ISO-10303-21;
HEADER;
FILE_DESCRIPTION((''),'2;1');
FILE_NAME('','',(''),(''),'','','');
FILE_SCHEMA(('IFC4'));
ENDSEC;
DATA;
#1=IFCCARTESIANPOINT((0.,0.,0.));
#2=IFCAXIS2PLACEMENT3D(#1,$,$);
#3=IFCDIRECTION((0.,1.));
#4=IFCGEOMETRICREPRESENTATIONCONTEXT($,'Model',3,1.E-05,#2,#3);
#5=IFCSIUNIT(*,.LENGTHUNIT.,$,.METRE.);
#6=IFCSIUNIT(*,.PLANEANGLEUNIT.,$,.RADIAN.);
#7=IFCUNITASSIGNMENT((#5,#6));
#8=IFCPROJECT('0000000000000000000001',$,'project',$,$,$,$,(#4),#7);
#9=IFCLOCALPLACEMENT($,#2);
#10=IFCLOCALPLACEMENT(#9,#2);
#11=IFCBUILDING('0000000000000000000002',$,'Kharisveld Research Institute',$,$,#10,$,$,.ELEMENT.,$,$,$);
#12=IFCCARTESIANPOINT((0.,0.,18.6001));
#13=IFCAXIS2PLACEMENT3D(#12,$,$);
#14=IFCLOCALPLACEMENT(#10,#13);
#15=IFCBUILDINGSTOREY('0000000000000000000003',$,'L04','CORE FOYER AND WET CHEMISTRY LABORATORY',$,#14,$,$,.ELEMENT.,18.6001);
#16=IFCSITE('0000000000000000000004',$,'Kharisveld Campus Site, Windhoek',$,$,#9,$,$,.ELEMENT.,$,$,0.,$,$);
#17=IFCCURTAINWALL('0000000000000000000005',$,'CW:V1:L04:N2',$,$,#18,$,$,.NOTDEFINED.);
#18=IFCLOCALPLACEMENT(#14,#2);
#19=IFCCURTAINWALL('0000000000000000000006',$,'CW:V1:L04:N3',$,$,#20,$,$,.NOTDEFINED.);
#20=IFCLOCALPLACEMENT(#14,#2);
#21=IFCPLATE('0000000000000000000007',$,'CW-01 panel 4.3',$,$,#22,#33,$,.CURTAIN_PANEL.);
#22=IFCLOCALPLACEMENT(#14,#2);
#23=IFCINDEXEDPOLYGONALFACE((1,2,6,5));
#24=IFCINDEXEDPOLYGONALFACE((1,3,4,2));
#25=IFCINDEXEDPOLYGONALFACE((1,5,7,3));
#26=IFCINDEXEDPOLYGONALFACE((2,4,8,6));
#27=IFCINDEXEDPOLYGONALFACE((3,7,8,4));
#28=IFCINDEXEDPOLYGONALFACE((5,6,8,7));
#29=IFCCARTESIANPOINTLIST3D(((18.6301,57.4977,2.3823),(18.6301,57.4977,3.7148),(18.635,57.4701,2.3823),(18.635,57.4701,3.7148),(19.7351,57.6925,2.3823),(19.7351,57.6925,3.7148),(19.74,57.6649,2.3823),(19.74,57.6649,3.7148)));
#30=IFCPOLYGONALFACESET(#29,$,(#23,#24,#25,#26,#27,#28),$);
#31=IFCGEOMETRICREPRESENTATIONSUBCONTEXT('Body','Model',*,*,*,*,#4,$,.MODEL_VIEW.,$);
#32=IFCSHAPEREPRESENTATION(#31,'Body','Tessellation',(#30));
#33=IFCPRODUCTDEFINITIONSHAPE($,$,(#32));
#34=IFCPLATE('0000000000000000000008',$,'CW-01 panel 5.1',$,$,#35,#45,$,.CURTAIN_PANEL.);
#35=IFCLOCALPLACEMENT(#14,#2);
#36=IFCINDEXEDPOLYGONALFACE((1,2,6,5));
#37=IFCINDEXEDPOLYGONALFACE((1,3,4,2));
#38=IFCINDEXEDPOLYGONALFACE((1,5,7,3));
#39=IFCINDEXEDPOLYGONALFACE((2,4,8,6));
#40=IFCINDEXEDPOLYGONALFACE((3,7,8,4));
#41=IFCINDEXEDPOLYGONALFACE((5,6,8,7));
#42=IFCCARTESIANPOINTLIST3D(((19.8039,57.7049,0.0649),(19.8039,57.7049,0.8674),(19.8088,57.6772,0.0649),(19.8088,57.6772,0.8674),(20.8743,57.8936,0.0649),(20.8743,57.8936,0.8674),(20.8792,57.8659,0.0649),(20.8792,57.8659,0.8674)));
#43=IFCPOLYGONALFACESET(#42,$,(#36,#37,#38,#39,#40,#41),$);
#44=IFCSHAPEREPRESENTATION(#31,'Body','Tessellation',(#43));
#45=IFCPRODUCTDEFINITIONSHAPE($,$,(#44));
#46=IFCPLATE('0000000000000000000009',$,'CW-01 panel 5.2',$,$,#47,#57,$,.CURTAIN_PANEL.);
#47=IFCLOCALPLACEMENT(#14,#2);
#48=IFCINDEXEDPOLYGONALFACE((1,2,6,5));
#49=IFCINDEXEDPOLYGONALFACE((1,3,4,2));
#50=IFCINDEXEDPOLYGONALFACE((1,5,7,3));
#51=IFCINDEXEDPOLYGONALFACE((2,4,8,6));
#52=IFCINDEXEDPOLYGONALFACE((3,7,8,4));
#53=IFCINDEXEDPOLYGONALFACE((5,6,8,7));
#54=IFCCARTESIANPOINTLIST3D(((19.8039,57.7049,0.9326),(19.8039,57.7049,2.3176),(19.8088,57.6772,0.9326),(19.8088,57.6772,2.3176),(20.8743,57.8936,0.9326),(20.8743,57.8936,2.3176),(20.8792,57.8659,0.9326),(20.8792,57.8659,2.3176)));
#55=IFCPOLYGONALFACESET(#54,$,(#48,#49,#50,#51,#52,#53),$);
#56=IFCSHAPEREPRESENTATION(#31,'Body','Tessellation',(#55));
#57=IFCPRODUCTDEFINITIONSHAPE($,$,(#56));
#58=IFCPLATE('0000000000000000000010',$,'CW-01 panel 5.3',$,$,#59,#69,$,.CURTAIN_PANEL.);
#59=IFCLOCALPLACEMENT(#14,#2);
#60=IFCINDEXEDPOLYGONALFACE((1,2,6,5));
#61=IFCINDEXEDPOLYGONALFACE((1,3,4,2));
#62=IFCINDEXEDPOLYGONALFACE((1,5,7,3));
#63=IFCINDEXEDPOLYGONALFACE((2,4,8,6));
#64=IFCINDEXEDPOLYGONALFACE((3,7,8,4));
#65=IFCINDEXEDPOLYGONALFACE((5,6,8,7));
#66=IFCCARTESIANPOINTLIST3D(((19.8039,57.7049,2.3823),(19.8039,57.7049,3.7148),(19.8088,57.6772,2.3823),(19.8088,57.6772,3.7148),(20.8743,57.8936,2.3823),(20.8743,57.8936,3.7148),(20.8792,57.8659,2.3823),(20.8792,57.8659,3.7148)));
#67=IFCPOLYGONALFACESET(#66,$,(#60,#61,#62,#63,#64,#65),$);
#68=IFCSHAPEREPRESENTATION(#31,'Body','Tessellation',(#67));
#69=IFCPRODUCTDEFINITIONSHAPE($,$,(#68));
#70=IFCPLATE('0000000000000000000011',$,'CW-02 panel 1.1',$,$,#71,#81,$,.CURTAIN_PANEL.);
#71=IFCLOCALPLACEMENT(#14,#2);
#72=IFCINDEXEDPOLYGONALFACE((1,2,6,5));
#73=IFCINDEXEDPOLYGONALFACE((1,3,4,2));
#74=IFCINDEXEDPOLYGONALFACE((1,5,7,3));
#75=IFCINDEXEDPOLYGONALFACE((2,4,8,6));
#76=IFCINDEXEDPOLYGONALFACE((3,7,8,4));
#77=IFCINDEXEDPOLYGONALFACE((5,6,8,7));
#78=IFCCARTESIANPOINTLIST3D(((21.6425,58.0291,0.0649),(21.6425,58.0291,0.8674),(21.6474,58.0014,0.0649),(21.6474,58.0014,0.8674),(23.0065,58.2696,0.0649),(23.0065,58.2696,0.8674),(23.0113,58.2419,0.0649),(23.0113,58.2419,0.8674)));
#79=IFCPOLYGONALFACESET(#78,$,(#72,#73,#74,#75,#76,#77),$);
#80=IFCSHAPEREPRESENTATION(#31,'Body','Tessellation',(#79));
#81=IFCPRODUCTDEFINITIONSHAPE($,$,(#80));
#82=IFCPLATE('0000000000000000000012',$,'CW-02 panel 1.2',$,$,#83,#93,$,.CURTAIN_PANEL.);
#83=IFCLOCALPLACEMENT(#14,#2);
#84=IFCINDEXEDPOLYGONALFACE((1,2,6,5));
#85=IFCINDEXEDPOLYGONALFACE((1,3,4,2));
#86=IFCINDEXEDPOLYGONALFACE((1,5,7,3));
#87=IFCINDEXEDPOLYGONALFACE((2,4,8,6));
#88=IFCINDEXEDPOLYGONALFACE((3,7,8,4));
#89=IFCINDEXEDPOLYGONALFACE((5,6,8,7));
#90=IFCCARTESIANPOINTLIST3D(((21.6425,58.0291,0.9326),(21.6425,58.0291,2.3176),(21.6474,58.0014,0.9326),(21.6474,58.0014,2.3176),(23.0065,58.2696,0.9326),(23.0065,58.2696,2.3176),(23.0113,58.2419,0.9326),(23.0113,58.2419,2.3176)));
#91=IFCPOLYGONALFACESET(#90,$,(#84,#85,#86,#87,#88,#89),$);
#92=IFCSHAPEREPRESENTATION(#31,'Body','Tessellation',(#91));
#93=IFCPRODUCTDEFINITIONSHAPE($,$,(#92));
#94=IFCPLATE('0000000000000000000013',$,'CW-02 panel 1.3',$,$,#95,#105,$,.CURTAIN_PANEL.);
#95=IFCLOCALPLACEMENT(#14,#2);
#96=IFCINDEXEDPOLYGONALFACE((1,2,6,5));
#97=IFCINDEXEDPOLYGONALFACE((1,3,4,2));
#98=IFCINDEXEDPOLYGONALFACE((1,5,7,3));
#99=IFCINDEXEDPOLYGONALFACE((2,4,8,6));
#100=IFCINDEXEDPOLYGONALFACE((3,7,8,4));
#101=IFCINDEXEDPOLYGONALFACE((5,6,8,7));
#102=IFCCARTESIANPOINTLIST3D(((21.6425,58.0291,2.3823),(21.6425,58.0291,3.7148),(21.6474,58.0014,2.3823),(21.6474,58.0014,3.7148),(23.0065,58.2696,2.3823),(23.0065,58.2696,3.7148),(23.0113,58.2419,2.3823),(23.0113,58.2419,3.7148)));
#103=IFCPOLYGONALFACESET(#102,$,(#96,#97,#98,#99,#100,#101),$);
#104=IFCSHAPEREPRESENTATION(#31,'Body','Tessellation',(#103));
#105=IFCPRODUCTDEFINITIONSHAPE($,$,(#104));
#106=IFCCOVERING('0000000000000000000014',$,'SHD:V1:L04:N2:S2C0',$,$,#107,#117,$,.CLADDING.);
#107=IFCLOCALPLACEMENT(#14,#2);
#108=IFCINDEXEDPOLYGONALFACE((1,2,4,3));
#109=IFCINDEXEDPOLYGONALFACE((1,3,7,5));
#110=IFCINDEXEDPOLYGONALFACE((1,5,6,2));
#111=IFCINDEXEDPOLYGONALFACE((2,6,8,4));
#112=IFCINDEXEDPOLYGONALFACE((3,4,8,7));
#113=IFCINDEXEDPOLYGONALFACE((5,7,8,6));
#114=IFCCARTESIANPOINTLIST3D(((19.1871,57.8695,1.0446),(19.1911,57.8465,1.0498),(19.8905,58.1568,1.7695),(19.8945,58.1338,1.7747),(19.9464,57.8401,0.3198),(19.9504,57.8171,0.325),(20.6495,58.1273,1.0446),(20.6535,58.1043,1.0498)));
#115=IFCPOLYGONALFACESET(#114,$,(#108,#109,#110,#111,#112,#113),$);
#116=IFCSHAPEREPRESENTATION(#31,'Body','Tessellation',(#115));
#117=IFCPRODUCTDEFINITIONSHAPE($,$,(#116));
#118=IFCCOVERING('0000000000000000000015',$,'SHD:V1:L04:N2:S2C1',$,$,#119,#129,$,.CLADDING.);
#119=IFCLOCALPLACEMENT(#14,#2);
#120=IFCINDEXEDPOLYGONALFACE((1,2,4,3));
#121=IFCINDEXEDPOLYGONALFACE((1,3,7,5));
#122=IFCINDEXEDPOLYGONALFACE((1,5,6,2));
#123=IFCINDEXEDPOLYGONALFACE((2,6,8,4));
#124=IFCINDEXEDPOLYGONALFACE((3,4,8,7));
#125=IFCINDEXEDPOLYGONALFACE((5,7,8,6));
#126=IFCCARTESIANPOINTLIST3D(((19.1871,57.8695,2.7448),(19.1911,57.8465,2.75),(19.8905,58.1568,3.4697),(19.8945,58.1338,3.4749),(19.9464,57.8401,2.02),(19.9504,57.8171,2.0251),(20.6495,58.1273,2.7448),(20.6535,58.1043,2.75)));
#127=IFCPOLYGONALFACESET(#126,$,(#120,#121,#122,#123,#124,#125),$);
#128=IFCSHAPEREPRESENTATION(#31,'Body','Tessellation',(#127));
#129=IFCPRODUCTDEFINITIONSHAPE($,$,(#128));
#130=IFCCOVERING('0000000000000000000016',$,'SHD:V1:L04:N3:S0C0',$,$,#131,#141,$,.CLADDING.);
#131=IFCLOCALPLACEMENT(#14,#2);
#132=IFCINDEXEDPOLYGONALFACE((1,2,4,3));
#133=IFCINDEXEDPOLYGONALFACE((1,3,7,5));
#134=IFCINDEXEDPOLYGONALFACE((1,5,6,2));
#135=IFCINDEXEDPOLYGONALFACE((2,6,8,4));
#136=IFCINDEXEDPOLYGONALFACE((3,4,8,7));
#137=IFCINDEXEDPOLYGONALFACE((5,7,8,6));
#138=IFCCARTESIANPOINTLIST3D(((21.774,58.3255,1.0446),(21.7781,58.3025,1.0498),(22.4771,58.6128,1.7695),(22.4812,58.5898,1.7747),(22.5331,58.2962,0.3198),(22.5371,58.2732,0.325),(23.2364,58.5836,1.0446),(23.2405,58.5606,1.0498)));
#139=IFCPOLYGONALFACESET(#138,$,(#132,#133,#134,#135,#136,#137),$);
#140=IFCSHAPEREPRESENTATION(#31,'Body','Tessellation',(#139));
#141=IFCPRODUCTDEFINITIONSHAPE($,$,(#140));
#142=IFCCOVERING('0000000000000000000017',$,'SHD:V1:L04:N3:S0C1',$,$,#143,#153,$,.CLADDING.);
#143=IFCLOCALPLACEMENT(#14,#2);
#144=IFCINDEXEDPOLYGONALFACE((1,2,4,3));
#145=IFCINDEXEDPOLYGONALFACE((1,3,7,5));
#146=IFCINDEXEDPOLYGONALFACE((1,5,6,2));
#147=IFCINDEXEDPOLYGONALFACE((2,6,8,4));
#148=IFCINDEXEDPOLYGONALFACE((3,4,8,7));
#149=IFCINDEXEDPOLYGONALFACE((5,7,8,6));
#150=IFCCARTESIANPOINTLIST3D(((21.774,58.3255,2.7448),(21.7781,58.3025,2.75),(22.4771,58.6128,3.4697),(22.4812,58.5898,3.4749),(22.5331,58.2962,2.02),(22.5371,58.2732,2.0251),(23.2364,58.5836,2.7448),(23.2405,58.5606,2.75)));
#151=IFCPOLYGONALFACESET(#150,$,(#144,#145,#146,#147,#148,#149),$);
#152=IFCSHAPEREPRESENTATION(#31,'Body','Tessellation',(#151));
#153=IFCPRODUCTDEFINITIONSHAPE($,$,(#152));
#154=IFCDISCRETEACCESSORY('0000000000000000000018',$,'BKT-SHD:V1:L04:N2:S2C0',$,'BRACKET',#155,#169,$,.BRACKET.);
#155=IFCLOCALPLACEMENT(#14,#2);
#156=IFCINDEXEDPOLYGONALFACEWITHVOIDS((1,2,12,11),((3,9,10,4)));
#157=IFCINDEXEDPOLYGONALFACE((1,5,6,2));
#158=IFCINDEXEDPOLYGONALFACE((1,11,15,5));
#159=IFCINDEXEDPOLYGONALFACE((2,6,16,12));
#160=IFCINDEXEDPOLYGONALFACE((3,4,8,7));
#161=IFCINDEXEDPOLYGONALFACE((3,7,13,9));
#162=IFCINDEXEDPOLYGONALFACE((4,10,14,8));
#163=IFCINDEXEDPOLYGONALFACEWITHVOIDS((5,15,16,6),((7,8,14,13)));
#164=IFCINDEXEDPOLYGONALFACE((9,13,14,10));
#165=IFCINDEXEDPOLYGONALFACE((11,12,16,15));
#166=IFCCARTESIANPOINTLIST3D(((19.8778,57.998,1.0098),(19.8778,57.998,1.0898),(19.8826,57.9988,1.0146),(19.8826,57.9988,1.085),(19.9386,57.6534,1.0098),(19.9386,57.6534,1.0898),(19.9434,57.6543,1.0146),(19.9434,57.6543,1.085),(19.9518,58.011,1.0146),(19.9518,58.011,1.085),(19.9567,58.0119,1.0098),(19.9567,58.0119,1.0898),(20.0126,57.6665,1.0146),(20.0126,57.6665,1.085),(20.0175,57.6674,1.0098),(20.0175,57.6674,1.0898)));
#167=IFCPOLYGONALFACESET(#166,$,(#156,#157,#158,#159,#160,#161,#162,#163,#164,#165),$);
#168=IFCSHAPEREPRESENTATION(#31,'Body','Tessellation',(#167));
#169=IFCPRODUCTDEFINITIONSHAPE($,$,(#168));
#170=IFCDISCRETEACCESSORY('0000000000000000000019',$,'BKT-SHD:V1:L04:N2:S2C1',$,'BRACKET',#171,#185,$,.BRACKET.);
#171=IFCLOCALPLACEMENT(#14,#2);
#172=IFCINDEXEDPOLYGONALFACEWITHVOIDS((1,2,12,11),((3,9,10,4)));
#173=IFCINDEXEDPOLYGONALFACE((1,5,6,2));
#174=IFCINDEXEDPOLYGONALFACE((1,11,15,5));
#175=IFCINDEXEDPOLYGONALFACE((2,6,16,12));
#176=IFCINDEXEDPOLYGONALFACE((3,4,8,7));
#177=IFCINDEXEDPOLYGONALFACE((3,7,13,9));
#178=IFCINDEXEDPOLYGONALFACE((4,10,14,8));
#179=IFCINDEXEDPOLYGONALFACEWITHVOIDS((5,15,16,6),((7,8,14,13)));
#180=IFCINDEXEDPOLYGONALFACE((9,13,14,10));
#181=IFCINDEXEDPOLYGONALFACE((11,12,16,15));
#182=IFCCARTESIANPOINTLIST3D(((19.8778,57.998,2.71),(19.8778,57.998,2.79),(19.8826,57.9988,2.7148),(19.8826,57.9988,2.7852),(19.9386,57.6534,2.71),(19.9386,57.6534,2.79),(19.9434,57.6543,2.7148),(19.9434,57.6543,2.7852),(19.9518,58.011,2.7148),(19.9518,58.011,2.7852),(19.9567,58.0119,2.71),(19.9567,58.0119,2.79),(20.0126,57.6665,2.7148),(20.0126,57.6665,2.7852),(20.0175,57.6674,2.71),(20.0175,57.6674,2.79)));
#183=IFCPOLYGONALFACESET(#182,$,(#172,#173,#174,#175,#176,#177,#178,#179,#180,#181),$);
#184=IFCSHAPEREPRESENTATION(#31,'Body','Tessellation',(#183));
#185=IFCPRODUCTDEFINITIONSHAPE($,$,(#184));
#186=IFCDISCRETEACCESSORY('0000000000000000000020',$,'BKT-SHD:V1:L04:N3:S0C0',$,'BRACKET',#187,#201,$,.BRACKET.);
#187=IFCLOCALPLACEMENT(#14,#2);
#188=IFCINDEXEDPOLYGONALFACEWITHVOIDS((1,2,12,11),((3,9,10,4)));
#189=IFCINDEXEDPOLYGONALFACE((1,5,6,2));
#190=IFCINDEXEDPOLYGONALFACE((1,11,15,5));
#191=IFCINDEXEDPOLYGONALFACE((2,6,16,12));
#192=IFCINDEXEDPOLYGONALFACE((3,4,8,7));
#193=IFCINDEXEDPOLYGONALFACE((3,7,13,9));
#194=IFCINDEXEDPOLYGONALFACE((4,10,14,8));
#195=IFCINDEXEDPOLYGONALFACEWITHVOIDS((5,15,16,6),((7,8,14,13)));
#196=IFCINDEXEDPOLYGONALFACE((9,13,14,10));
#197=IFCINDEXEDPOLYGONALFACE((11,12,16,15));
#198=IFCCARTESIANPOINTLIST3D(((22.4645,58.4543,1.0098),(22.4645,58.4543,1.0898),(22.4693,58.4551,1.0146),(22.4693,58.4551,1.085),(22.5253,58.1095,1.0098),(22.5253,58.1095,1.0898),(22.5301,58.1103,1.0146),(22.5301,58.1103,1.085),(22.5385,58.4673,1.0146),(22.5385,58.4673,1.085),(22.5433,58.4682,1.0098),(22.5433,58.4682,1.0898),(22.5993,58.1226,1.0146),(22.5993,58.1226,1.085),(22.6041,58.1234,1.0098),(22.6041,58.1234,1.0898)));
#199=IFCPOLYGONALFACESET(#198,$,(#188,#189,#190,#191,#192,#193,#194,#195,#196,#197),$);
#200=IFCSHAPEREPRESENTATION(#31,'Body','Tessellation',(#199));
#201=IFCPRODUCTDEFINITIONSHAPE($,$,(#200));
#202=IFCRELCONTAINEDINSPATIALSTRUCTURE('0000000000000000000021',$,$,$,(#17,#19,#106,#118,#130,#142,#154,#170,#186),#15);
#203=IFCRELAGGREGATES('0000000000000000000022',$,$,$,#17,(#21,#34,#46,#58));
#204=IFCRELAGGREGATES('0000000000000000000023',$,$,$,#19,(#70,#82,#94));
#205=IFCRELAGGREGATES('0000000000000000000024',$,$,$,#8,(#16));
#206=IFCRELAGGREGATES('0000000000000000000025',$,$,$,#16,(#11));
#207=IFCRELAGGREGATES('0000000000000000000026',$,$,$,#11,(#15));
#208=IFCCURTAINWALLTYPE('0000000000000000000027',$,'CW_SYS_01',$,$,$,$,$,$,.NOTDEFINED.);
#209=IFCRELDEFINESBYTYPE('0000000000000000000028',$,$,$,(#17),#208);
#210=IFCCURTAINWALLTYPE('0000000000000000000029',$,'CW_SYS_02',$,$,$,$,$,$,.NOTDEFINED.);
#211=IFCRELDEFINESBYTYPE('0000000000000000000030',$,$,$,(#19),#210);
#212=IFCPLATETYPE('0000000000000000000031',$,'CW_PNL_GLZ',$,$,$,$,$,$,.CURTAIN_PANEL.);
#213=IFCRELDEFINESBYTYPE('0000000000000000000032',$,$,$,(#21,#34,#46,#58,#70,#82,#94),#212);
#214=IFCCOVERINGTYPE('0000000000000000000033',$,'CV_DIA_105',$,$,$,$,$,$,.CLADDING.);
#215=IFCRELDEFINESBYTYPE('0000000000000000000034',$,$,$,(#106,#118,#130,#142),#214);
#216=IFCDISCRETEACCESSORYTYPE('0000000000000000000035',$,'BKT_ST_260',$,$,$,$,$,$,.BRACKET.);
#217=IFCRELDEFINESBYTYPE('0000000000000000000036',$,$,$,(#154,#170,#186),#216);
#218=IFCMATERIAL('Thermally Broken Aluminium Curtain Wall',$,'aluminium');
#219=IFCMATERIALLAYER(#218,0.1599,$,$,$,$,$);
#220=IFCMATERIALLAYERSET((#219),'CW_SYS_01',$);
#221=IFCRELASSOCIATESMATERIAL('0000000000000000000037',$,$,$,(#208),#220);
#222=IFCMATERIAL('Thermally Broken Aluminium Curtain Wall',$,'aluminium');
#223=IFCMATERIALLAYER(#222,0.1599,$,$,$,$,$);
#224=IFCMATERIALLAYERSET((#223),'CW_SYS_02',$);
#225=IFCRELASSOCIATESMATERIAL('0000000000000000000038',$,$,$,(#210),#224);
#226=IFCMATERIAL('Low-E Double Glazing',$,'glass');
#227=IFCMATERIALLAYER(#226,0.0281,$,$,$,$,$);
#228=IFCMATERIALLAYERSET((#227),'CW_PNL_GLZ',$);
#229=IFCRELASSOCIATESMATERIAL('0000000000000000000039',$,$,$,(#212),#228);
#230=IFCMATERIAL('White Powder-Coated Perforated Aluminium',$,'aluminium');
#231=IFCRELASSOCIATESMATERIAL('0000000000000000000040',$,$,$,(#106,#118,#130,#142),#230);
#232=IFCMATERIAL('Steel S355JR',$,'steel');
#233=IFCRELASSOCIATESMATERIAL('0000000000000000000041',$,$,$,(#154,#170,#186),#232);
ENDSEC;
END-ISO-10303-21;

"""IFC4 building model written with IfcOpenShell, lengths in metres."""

from ifc_helpers import new_model, si_unit, direction, frame, origin, origin_2d, place, context, subcontext, project, spatial, polyline, rectangle, hollow_rectangle, outline, extrude, material, layer, layer_set, type_object, element, aggregate, save


model = new_model("IFC4")

# Units and contexts
model_context = context("Model", 3, precision=1e-05, world=origin(), true_north=direction((0.0, 1.0)))
body_context = subcontext(model_context, "Body", "Model", "MODEL_VIEW")
ifc_project = project(units=[si_unit("LENGTHUNIT", "METRE"), si_unit("PLANEANGLEUNIT", "RADIAN")], contexts=[model_context])

# Site, building, storey
site_placement = place(None, origin())
site = spatial("IfcSite", under=ifc_project, at=site_placement, Name="Kharisveld Campus Site, Windhoek", CompositionType="ELEMENT", RefElevation=0.0)
building_placement = place(site_placement, origin())
building = spatial("IfcBuilding", under=site, at=building_placement, Name="Kharisveld Research Institute", CompositionType="ELEMENT")
storey_placement = place(building_placement, frame((0.0, 0.0, 18.6001)))
storey = spatial("IfcBuildingStorey", under=building, at=storey_placement, Name="L04", Description="CORE FOYER AND WET CHEMISTRY LABORATORY", CompositionType="ELEMENT", Elevation=18.6001)

# Curtain walls
ifc_material_1 = material(Name="Thermally Broken Aluminium Curtain Wall", Category="aluminium")
ifc_layer_1 = layer(ifc_material_1, 0.1599)
ifc_layer_set_1 = layer_set([ifc_layer_1], Name="CW_SYS_01")
curtain_wall_type_1 = type_object("IfcCurtainWallType", Name="CW_SYS_01", PredefinedType="NOTDEFINED", material=ifc_layer_set_1)
curtain_wall_1_placement = place(storey_placement, origin())
curtain_wall_1 = element("IfcCurtainWall", 1, at=curtain_wall_1_placement, inside=storey, type_object=curtain_wall_type_1, Name="CW:V1:L04:N2", PredefinedType="NOTDEFINED")
ifc_material_2 = material(Name="Thermally Broken Aluminium Curtain Wall", Category="aluminium")
ifc_layer_2 = layer(ifc_material_2, 0.1599)
ifc_layer_set_2 = layer_set([ifc_layer_2], Name="CW_SYS_02")
curtain_wall_type_2 = type_object("IfcCurtainWallType", Name="CW_SYS_02", PredefinedType="NOTDEFINED", material=ifc_layer_set_2)
curtain_wall_2_placement = place(storey_placement, origin())
curtain_wall_2 = element("IfcCurtainWall", 2, at=curtain_wall_2_placement, inside=storey, type_object=curtain_wall_type_2, Name="CW:V1:L04:N3", PredefinedType="NOTDEFINED")

# Plates
ifc_material_3 = material(Name="Low-E Double Glazing", Category="glass")
ifc_layer_3 = layer(ifc_material_3, 0.0281)
ifc_layer_set_3 = layer_set([ifc_layer_3], Name="CW_PNL_GLZ")
plate_type = type_object("IfcPlateType", Name="CW_PNL_GLZ", PredefinedType="CURTAIN_PANEL", material=ifc_layer_set_3)
plate_1_placement = place(storey_placement, frame((19.1851, 57.5813, 2.3823), z_axis=(0.0, 0.0, 1.0), x_axis=(0.984808, 0.173648, 0.0)))
plate_1 = element("IfcPlate", 3, at=plate_1_placement, type_object=plate_type, Name="CW-01 panel 4.3", PredefinedType="CURTAIN_PANEL", context=body_context, shape_type="SweptSolid", body=[
    extrude(rectangle(XDim=1.1221, YDim=0.0281, at=origin_2d()), origin(), (0.0, 0.0, 1.0), 1.3325),
])
plate_2_placement = place(storey_placement, frame((20.3416, 57.7854, 0.0649), z_axis=(0.0, 0.0, 1.0), x_axis=(0.984808, 0.173648, 0.0)))
plate_2 = element("IfcPlate", 4, at=plate_2_placement, type_object=plate_type, Name="CW-01 panel 5.1", PredefinedType="CURTAIN_PANEL", context=body_context, shape_type="SweptSolid", body=[
    extrude(rectangle(XDim=1.0869, YDim=0.0281, at=origin_2d()), origin(), (0.0, 0.0, 1.0), 0.8025),
])
plate_3_placement = place(storey_placement, frame((20.3416, 57.7854, 0.9326), z_axis=(0.0, 0.0, 1.0), x_axis=(0.984808, 0.173648, 0.0)))
plate_3 = element("IfcPlate", 5, at=plate_3_placement, type_object=plate_type, Name="CW-01 panel 5.2", PredefinedType="CURTAIN_PANEL", context=body_context, shape_type="SweptSolid", body=[
    extrude(rectangle(XDim=1.0869, YDim=0.0281, at=origin_2d()), origin(), (0.0, 0.0, 1.0), 1.385),
])
plate_4_placement = place(storey_placement, frame((20.3416, 57.7854, 2.3823), z_axis=(0.0, 0.0, 1.0), x_axis=(0.984808, 0.173648, 0.0)))
plate_4 = element("IfcPlate", 6, at=plate_4_placement, type_object=plate_type, Name="CW-01 panel 5.3", PredefinedType="CURTAIN_PANEL", context=body_context, shape_type="SweptSolid", body=[
    extrude(rectangle(XDim=1.0869, YDim=0.0281, at=origin_2d()), origin(), (0.0, 0.0, 1.0), 1.3325),
])
aggregate(curtain_wall_1, [plate_1, plate_2, plate_3, plate_4])
plate_5_placement = place(storey_placement, frame((22.3269, 58.1355, 0.0649), z_axis=(0.0, 0.0, 1.0), x_axis=(0.984808, 0.173648, 0.0)))
plate_5 = element("IfcPlate", 7, at=plate_5_placement, type_object=plate_type, Name="CW-02 panel 1.1", PredefinedType="CURTAIN_PANEL", context=body_context, shape_type="SweptSolid", body=[
    extrude(rectangle(XDim=1.385, YDim=0.0281, at=origin_2d()), origin(), (0.0, 0.0, 1.0), 0.8025),
])
plate_6_placement = place(storey_placement, frame((22.3269, 58.1355, 0.9326), z_axis=(0.0, 0.0, 1.0), x_axis=(0.984808, 0.173648, 0.0)))
plate_6 = element("IfcPlate", 8, at=plate_6_placement, type_object=plate_type, Name="CW-02 panel 1.2", PredefinedType="CURTAIN_PANEL", context=body_context, shape_type="SweptSolid", body=[
    extrude(rectangle(XDim=1.385, YDim=0.0281, at=origin_2d()), origin(), (0.0, 0.0, 1.0), 1.385),
])
plate_7_placement = place(storey_placement, frame((22.3269, 58.1355, 2.3823), z_axis=(0.0, 0.0, 1.0), x_axis=(0.984808, 0.173648, 0.0)))
plate_7 = element("IfcPlate", 9, at=plate_7_placement, type_object=plate_type, Name="CW-02 panel 1.3", PredefinedType="CURTAIN_PANEL", context=body_context, shape_type="SweptSolid", body=[
    extrude(rectangle(XDim=1.385, YDim=0.0281, at=origin_2d()), origin(), (0.0, 0.0, 1.0), 1.3325),
])
aggregate(curtain_wall_2, [plate_5, plate_6, plate_7])

# Coverings
ifc_material_4 = material(Name="White Powder-Coated Perforated Aluminium", Category="aluminium")
covering_type = type_object("IfcCoveringType", Name="CV_DIA_105", PredefinedType="CLADDING")
for number, where, z_axis, x_axis, name in (
    (10, (19.9504, 57.8171, 0.325), (0.169497, -0.961447, 0.21654), (0.66971, 0.27356, 0.690402), "SHD:V1:L04:N2:S2C0"),
    (11, (19.9504, 57.8171, 2.0251), (0.169497, -0.961447, 0.21654), (0.66971, 0.27356, 0.690402), "SHD:V1:L04:N2:S2C1"),
):
    element("IfcCovering", number, at=place(storey_placement, frame(where, z_axis=z_axis, x_axis=x_axis)), inside=storey, type_object=covering_type, material=ifc_material_4, Name=name, PredefinedType="CLADDING", context=body_context, shape_type="SweptSolid", body=[
        extrude(outline(polyline([(0.0, 0.0), (1.0499, 0.0), (1.0501, 1.05), (0.0, 1.0501), (0.0, 0.0)])), origin(), (0.0, 0.0, -1.0), 0.0239),
    ])
for number, where, z_axis, x_axis, name in (
    (12, (22.5371, 58.2732, 0.325), (0.169653, -0.96142, 0.21654), (0.669807, 0.273663, 0.690266), "SHD:V1:L04:N3:S0C0"),
    (13, (22.5371, 58.2732, 2.0251), (0.169653, -0.96142, 0.21654), (0.669807, 0.273663, 0.690266), "SHD:V1:L04:N3:S0C1"),
):
    element("IfcCovering", number, at=place(storey_placement, frame(where, z_axis=z_axis, x_axis=x_axis)), inside=storey, type_object=covering_type, material=ifc_material_4, Name=name, PredefinedType="CLADDING", context=body_context, shape_type="SweptSolid", body=[
        extrude(outline(polyline([(0.0, 0.0), (1.0501, 0.0), (1.0499, 1.0501), (0.0, 1.05), (0.0, 0.0)])), origin(), (0.0, 0.0, -1.0), 0.0239),
    ])

# Discrete accessories
ifc_material_5 = material(Name="Steel S355JR", Category="steel")
discrete_accessory_type = type_object("IfcDiscreteAccessoryType", Name="BKT_ST_260", PredefinedType="BRACKET")
for number, where, z_axis, x_axis, name in (
    (14, (19.978, 57.6604, 1.0498), (-0.173785, 0.984784, 0.0), (-0.984784, -0.173785, 0.0), "BKT-SHD:V1:L04:N2:S2C0"),
    (15, (19.978, 57.6604, 2.75), (-0.173785, 0.984784, 0.0), (-0.984784, -0.173785, 0.0), "BKT-SHD:V1:L04:N2:S2C1"),
):
    element("IfcDiscreteAccessory", number, at=place(storey_placement, frame(where, z_axis=z_axis, x_axis=x_axis)), inside=storey, type_object=discrete_accessory_type, material=ifc_material_5, Name=name, ObjectType="BRACKET", PredefinedType="BRACKET", context=body_context, shape_type="SweptSolid", body=[
        extrude(hollow_rectangle(XDim=0.0801, YDim=0.0801, WallThickness=0.0049, at=origin_2d()), origin(), (0.0, 0.0, 1.0), 0.3499),
    ])
for number, where, z_axis, x_axis, name in (
    (16, (22.5647, 58.1165, 1.0498), (-0.173666, 0.984805, 0.0), (-0.984805, -0.173666, 0.0), "BKT-SHD:V1:L04:N3:S0C0"),
):
    element("IfcDiscreteAccessory", number, at=place(storey_placement, frame(where, z_axis=z_axis, x_axis=x_axis)), inside=storey, type_object=discrete_accessory_type, material=ifc_material_5, Name=name, ObjectType="BRACKET", PredefinedType="BRACKET", context=body_context, shape_type="SweptSolid", body=[
        extrude(hollow_rectangle(XDim=0.0801, YDim=0.0801, WallThickness=0.0049, at=origin_2d()), origin(), (0.0, 0.0, 1.0), 0.3501),
    ])

save(model, "model.ifc")
